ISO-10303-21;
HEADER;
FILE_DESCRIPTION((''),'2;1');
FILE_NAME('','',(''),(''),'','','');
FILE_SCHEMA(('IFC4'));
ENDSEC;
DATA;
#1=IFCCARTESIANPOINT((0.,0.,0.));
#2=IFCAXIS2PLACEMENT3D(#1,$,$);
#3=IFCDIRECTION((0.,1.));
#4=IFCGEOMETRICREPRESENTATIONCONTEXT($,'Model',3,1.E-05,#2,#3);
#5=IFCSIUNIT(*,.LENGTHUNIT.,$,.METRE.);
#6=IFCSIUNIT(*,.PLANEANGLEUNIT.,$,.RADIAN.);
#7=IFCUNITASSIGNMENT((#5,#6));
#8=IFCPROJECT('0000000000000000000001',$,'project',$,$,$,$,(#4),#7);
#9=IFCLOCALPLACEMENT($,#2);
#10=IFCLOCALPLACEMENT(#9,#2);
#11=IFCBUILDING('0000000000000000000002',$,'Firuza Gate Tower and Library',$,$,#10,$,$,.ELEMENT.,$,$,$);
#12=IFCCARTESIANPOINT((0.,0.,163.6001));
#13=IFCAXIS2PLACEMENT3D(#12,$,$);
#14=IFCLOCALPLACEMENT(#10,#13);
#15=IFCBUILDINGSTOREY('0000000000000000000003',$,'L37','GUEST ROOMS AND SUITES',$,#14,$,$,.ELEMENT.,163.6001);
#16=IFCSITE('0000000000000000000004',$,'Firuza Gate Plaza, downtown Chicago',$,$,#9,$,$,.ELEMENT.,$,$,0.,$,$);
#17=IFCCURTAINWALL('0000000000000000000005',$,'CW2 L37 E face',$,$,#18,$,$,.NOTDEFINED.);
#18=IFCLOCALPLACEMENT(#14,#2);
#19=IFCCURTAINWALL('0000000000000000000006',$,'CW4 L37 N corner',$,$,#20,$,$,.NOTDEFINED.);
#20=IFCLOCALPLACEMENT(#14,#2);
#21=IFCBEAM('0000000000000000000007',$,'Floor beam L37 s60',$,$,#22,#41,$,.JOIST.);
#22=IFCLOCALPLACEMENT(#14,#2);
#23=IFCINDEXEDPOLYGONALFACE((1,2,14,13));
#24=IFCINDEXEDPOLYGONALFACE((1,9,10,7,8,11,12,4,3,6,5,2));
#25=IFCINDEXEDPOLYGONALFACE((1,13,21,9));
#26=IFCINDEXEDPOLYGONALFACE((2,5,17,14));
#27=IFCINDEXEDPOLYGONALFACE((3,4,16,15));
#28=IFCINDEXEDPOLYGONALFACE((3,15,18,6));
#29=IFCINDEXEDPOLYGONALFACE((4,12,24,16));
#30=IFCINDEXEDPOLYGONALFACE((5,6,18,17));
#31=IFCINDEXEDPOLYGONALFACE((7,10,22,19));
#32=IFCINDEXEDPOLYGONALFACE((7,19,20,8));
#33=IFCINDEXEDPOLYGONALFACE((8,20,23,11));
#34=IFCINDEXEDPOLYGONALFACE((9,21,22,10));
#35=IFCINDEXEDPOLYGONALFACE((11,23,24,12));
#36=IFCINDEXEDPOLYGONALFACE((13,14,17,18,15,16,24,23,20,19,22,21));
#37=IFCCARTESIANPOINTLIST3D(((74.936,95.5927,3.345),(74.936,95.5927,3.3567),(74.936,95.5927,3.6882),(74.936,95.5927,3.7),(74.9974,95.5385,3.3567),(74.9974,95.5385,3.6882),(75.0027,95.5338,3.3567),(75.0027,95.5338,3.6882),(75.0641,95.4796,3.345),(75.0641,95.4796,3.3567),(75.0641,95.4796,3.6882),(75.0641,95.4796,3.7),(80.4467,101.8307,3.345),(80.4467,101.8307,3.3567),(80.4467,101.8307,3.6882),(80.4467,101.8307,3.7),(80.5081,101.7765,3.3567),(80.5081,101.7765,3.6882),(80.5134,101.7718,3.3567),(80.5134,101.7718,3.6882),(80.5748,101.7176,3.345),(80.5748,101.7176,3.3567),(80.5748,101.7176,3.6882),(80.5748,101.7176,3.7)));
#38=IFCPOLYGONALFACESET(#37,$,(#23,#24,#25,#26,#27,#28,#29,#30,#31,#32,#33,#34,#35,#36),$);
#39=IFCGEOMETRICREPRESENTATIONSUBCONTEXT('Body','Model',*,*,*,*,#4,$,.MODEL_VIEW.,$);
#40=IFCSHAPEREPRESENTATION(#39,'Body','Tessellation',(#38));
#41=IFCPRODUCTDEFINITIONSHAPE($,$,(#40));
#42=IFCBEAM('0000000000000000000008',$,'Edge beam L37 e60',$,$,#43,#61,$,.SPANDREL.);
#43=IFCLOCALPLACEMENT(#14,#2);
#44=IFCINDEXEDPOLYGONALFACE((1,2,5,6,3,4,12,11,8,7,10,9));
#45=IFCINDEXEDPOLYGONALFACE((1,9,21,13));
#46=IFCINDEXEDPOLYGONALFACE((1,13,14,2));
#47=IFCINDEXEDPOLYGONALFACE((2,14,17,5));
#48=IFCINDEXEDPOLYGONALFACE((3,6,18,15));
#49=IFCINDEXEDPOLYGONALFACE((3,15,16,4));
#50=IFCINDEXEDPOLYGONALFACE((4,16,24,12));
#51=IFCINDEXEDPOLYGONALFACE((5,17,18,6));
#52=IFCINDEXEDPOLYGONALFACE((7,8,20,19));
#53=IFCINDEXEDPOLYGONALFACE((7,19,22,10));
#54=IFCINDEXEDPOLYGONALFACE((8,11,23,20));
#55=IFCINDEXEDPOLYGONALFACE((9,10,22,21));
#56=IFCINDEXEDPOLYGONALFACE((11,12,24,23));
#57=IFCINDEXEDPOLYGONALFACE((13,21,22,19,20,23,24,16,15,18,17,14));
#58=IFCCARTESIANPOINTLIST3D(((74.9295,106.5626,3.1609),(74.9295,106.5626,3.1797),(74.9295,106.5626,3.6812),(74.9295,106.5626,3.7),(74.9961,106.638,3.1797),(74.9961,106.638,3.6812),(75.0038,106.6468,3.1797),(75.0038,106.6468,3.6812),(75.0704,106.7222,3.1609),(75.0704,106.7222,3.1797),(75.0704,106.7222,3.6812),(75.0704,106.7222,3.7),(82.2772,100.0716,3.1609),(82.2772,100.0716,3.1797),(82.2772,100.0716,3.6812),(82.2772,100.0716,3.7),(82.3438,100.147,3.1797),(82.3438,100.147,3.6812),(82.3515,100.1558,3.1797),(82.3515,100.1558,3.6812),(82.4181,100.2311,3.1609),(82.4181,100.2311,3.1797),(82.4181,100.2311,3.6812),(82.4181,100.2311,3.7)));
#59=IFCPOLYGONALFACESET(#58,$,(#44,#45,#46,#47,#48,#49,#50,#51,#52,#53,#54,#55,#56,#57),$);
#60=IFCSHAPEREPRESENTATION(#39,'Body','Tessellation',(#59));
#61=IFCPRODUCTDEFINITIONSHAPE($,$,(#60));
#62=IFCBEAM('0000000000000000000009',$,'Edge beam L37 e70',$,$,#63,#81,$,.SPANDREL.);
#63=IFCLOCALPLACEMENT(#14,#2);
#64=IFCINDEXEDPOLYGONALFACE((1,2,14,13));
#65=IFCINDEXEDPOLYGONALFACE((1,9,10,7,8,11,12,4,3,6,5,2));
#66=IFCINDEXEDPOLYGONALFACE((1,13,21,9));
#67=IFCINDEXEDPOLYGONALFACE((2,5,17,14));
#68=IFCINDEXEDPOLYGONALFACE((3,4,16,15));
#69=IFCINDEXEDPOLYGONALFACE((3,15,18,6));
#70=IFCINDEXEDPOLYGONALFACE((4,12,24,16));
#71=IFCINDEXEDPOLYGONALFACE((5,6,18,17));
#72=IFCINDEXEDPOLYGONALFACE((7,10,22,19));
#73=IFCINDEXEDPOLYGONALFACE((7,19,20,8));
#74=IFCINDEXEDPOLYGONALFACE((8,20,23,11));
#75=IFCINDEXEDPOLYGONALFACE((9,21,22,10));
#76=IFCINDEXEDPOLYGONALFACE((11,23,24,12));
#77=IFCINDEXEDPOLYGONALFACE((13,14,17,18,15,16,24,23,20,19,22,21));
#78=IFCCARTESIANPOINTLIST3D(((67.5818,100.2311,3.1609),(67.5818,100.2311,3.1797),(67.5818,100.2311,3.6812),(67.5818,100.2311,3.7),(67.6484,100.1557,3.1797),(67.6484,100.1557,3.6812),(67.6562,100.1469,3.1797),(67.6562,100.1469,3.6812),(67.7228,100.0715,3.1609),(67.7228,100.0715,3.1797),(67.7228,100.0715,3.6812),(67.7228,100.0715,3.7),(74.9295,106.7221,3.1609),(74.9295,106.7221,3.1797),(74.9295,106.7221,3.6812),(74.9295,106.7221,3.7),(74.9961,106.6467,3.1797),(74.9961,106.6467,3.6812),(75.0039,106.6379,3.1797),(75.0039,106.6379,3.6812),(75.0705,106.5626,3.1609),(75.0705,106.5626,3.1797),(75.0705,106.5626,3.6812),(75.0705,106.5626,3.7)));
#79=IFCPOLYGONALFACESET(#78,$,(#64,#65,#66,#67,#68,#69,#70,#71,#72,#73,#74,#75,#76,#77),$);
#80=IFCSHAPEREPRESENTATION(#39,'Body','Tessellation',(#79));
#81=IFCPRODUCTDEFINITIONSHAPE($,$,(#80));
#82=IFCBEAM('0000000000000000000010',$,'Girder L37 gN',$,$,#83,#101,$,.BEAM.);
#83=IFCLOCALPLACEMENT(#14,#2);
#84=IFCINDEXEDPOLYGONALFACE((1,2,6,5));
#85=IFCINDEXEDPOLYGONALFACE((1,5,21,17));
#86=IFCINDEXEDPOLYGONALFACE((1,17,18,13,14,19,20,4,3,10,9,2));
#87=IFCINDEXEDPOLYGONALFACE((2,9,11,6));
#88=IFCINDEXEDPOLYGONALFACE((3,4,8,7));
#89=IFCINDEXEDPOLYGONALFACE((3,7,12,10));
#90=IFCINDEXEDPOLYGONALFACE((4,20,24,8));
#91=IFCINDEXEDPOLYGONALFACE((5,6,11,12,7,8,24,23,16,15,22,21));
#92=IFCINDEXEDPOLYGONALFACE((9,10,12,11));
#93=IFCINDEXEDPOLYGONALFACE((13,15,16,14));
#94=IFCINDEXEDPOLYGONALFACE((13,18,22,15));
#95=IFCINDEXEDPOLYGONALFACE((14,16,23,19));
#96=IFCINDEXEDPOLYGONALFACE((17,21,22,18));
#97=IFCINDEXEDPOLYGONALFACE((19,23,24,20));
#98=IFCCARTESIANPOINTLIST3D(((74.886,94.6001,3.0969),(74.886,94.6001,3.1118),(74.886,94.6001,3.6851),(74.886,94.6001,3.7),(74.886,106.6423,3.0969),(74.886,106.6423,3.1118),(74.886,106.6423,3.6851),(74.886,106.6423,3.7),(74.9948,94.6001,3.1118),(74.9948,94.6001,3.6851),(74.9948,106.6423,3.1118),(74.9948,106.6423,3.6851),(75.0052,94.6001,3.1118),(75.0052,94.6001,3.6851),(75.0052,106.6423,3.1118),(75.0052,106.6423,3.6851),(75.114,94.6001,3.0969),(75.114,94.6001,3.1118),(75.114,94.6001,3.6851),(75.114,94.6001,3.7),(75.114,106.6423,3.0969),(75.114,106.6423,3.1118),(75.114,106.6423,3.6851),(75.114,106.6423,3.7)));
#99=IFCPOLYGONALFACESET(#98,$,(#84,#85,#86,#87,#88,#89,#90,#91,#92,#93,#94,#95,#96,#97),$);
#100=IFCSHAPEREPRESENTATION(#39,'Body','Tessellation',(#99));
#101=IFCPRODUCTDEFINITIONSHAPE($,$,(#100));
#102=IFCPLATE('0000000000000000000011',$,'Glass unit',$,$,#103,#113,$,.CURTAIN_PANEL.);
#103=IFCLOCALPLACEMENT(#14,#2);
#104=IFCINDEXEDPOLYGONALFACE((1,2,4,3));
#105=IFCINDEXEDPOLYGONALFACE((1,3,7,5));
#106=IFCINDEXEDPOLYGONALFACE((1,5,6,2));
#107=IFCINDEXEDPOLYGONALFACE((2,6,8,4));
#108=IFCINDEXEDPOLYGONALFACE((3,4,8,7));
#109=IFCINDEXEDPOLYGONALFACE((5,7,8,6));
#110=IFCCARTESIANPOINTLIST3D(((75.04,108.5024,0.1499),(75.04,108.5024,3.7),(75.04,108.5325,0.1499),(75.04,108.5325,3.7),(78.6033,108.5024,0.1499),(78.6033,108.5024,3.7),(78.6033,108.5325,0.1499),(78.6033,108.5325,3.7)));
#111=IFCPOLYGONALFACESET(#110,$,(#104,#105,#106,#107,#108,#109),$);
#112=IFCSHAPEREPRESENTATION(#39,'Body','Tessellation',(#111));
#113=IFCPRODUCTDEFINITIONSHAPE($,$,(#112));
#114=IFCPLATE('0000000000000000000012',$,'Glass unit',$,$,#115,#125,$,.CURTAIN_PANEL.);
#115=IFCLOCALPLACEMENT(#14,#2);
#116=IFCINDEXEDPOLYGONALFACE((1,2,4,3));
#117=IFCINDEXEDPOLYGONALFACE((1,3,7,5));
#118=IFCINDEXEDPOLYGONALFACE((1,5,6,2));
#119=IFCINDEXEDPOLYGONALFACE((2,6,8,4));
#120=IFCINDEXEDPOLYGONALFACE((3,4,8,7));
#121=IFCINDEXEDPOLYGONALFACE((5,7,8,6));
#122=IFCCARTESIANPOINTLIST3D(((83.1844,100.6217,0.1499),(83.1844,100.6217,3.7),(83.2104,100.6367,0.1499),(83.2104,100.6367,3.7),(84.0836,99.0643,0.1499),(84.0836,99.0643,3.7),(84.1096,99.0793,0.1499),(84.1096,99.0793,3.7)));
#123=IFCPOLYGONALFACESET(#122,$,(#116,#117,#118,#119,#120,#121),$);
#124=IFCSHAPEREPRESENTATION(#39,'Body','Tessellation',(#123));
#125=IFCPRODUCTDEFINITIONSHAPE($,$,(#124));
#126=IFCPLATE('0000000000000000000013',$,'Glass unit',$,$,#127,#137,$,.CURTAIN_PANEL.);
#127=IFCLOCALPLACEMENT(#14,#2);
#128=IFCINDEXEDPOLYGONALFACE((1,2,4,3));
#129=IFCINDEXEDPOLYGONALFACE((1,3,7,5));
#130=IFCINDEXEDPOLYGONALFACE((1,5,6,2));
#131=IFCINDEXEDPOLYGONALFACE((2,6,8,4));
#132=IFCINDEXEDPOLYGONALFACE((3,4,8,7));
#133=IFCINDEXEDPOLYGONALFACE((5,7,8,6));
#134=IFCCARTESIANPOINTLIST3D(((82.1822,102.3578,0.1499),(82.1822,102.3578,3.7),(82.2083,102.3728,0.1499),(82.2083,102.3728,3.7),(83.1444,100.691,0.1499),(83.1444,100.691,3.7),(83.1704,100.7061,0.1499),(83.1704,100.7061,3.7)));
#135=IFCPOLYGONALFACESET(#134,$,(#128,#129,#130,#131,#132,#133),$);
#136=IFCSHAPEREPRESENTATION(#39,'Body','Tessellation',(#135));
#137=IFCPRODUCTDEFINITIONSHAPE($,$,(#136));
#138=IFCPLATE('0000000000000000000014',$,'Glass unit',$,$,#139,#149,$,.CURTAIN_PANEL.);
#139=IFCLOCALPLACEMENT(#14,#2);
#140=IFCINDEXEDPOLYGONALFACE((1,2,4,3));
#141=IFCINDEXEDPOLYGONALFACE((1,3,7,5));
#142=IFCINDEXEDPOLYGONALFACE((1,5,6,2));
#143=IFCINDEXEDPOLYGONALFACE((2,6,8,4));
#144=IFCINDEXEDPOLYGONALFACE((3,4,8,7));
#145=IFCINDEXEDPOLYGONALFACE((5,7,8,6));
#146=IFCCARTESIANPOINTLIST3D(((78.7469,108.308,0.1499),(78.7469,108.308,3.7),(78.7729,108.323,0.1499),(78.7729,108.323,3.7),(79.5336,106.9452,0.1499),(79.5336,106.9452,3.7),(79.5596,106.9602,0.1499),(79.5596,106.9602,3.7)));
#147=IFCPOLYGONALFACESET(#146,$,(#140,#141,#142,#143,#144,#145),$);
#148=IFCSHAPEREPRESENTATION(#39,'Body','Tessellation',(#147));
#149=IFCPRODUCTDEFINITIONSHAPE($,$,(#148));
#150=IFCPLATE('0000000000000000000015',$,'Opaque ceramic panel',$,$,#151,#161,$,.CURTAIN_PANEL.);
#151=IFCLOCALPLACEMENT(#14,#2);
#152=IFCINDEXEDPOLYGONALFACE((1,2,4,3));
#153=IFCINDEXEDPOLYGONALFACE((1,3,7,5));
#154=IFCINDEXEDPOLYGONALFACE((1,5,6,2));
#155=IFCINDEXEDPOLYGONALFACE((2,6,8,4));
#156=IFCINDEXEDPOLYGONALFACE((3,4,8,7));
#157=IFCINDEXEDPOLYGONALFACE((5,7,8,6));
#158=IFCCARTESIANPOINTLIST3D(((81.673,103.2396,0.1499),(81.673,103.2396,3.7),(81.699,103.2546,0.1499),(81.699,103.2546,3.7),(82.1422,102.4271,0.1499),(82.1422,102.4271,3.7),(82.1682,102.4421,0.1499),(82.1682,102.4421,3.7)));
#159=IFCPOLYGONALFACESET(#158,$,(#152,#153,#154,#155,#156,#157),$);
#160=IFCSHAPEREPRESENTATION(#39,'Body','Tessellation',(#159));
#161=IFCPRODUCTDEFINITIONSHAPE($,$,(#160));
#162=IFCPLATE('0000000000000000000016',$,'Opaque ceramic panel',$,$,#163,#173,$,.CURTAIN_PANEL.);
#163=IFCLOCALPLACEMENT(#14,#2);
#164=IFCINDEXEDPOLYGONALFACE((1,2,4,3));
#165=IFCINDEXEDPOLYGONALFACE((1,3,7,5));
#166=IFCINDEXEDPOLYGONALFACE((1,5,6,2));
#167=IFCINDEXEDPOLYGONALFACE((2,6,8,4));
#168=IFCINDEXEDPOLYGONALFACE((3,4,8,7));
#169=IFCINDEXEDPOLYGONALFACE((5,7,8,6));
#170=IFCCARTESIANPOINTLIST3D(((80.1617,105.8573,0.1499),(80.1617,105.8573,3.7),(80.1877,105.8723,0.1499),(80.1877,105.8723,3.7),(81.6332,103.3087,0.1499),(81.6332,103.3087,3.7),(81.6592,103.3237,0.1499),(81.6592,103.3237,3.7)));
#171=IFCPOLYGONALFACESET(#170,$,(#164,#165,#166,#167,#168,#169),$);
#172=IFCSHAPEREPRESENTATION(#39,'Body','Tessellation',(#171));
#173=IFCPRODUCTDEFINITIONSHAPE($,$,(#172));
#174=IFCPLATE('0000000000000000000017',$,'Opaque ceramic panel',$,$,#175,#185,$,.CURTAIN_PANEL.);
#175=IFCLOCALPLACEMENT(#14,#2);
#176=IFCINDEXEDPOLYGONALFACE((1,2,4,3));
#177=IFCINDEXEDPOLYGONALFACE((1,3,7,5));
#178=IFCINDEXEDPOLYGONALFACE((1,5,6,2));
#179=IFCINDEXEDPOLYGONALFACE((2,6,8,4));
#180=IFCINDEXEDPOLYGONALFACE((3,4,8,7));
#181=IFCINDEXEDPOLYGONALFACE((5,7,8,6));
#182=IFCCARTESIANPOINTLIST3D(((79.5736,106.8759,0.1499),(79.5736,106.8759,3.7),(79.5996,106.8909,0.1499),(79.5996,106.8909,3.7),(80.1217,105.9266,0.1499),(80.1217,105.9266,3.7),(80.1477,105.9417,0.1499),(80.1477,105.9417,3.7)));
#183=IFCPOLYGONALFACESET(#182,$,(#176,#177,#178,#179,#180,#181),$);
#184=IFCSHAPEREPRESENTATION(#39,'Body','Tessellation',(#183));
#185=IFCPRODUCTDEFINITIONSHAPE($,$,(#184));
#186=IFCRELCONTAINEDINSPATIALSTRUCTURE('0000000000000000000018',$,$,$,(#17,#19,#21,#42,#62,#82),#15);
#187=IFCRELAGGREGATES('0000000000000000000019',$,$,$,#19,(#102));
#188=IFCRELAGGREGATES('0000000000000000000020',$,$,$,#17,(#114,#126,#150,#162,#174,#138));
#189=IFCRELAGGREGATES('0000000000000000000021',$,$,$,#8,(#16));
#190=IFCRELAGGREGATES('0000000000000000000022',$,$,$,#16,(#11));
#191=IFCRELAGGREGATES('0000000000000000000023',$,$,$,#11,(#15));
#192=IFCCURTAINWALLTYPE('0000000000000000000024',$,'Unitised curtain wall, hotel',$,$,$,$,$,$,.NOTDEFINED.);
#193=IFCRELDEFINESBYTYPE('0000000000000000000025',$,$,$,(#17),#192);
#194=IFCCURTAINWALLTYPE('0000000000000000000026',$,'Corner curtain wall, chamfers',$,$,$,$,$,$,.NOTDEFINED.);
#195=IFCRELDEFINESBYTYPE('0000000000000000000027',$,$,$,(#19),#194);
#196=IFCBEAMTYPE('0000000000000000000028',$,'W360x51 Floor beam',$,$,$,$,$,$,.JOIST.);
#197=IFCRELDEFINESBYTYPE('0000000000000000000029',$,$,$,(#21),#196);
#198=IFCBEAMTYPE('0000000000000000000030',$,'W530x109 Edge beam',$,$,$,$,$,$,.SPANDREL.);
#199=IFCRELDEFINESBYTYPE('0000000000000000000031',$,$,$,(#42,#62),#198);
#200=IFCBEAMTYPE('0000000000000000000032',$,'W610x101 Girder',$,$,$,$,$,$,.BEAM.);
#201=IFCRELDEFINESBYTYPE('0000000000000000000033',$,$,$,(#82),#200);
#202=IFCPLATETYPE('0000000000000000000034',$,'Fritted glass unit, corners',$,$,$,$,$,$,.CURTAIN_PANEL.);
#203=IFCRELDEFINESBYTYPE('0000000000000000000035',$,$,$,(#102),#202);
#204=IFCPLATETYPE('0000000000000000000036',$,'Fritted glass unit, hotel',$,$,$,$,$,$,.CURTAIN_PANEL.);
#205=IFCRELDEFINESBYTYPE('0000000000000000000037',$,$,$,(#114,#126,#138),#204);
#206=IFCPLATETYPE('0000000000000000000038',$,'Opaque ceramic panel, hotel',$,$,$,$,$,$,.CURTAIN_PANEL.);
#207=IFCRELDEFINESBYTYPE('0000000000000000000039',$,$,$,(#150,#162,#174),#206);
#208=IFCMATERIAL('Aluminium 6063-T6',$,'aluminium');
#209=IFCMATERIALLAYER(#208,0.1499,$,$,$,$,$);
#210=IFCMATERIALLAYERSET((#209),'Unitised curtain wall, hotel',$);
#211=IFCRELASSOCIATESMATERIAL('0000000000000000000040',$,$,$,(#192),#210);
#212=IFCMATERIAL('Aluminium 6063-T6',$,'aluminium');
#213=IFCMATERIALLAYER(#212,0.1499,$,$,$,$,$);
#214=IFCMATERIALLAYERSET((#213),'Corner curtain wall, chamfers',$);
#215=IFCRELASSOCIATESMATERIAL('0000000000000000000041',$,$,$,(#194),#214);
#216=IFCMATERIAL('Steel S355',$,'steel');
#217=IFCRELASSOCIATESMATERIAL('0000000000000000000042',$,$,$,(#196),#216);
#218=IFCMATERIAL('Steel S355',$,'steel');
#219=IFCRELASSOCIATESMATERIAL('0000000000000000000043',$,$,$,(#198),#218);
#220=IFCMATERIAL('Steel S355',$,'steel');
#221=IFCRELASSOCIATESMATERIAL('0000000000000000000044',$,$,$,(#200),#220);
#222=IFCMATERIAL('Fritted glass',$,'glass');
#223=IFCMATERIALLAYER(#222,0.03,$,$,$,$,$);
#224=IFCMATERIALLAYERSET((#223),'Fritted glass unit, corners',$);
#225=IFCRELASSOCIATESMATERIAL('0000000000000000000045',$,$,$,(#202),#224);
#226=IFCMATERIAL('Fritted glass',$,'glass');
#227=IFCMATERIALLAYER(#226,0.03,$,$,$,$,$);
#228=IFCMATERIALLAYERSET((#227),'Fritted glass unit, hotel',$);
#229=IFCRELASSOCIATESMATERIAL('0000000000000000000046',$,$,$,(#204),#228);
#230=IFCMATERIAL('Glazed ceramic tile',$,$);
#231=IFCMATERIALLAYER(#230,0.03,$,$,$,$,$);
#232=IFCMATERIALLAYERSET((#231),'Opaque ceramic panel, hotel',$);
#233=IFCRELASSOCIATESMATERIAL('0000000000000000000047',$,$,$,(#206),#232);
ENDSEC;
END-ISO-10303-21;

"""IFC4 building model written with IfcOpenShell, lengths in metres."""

from ifc_helpers import new_model, si_unit, direction, frame, origin, origin_2d, place, context, subcontext, project, spatial, polyline, i_section, outline, extrude, material, layer, layer_set, material_profile, profile_set, type_object, element, aggregate, save


model = new_model("IFC4")

# Units and contexts
model_context = context("Model", 3, precision=1e-05, world=origin(), true_north=direction((0.0, 1.0)))
body_context = subcontext(model_context, "Body", "Model", "MODEL_VIEW")
ifc_project = project(units=[si_unit("LENGTHUNIT", "METRE"), si_unit("PLANEANGLEUNIT", "RADIAN")], contexts=[model_context])

# Site, building, storey
site_placement = place(None, origin())
site = spatial("IfcSite", under=ifc_project, at=site_placement, Name="Firuza Gate Plaza, downtown Chicago", CompositionType="ELEMENT", RefElevation=0.0)
building_placement = place(site_placement, origin())
building = spatial("IfcBuilding", under=site, at=building_placement, Name="Firuza Gate Tower and Library", CompositionType="ELEMENT")
storey_placement = place(building_placement, frame((0.0, 0.0, 163.6001)))
storey = spatial("IfcBuildingStorey", under=building, at=storey_placement, Name="L37", Description="GUEST ROOMS AND SUITES", CompositionType="ELEMENT", Elevation=163.6001)

# Curtain walls
ifc_material_1 = material(Name="Aluminium 6063-T6", Category="aluminium")
ifc_layer_1 = layer(ifc_material_1, 0.1499)
ifc_layer_set_1 = layer_set([ifc_layer_1], Name="Unitised curtain wall, hotel")
curtain_wall_type_1 = type_object("IfcCurtainWallType", Name="Unitised curtain wall, hotel", PredefinedType="NOTDEFINED", material=ifc_layer_set_1)
placement = place(storey_placement, origin())
curtain_wall_1 = element("IfcCurtainWall", 1, at=placement, inside=storey, type_object=curtain_wall_type_1, Name="CW2 L37 E face", PredefinedType="NOTDEFINED")
ifc_material_2 = material(Name="Aluminium 6063-T6", Category="aluminium")
ifc_layer_2 = layer(ifc_material_2, 0.1499)
ifc_layer_set_2 = layer_set([ifc_layer_2], Name="Corner curtain wall, chamfers")
curtain_wall_type_2 = type_object("IfcCurtainWallType", Name="Corner curtain wall, chamfers", PredefinedType="NOTDEFINED", material=ifc_layer_set_2)
curtain_wall_2 = element("IfcCurtainWall", 2, at=placement, inside=storey, type_object=curtain_wall_type_2, Name="CW4 L37 N corner", PredefinedType="NOTDEFINED")

# Beams
ifc_material_3 = material(Name="Steel S355", Category="steel")
ifc_material_profile_1 = material_profile(ifc_material_3, i_section(OverallWidth=0.1709, OverallDepth=0.355, WebThickness=0.0071, FlangeThickness=0.0117, at=origin_2d()))
ifc_profile_set_1 = profile_set([ifc_material_profile_1], Name="Steel S355")
beam_type_1 = type_object("IfcBeamType", Name="W360x51 Floor beam", PredefinedType="JOIST", material=ifc_profile_set_1)
beam_1_placement = place(storey_placement, frame((80.5107, 101.7742, 3.5225), z_axis=(-0.662067, -0.749445, 0.0), x_axis=(0.749445, -0.662067, 0.0)))
element("IfcBeam", 3, at=beam_1_placement, inside=storey, type_object=beam_type_1, Name="Floor beam L37 s60", PredefinedType="JOIST", context=body_context, shape_type="SweptSolid", body=[
    extrude(i_section(OverallWidth=0.1709, OverallDepth=0.355, WebThickness=0.0071, FlangeThickness=0.0117, at=origin_2d()), origin(), (0.0, 0.0, 1.0), 8.3235),
])
ifc_material_4 = material(Name="Steel S355", Category="steel")
ifc_material_profile_2 = material_profile(ifc_material_4, i_section(OverallWidth=0.2129, OverallDepth=0.5391, WebThickness=0.0117, FlangeThickness=0.0188, at=origin_2d()))
ifc_profile_set_2 = profile_set([ifc_material_profile_2], Name="Steel S355")
beam_type_2 = type_object("IfcBeamType", Name="W530x109 Edge beam", PredefinedType="SPANDREL", material=ifc_profile_set_2)
for number, where, z_axis, x_axis, name in (
    (4, (82.3477, 100.1514, 3.4304), (-0.749446, 0.662065, 0.0), (-0.662065, -0.749446, 0.0), "Edge beam L37 e60"),
    (5, (75.0, 106.6423, 3.4304), (-0.749446, -0.662065, 0.0), (0.662065, -0.749446, 0.0), "Edge beam L37 e70"),
):
    element("IfcBeam", number, at=place(storey_placement, frame(where, z_axis=z_axis, x_axis=x_axis)), inside=storey, type_object=beam_type_2, Name=name, PredefinedType="SPANDREL", context=body_context, shape_type="SweptSolid", body=[
        extrude(i_section(OverallWidth=0.2129, OverallDepth=0.5391, WebThickness=0.0117, FlangeThickness=0.0188, at=origin_2d()), origin(), (0.0, 0.0, 1.0), 9.8042),
    ])
ifc_material_5 = material(Name="Steel S355", Category="steel")
ifc_material_profile_3 = material_profile(ifc_material_5, i_section(OverallWidth=0.228, OverallDepth=0.603, WebThickness=0.0105, FlangeThickness=0.0149, at=origin_2d()))
ifc_profile_set_3 = profile_set([ifc_material_profile_3], Name="Steel S355")
beam_type_3 = type_object("IfcBeamType", Name="W610x101 Girder", PredefinedType="BEAM", material=ifc_profile_set_3)
beam_2_placement = place(storey_placement, frame((75.0, 106.6423, 3.3984), z_axis=(0.0, -1.0, 0.0), x_axis=(1.0, 0.0, 0.0)))
element("IfcBeam", 6, at=beam_2_placement, inside=storey, type_object=beam_type_3, Name="Girder L37 gN", PredefinedType="BEAM", context=body_context, shape_type="SweptSolid", body=[
    extrude(i_section(OverallWidth=0.228, OverallDepth=0.603, WebThickness=0.0105, FlangeThickness=0.0149, at=origin_2d()), origin(), (0.0, 0.0, 1.0), 12.0422),
])

# Plates
ifc_material_6 = material(Name="Fritted glass", Category="glass")
ifc_layer_3 = layer(ifc_material_6, 0.03)
ifc_layer_set_3 = layer_set([ifc_layer_3], Name="Fritted glass unit, corners")
plate_type_1 = type_object("IfcPlateType", Name="Fritted glass unit, corners", PredefinedType="CURTAIN_PANEL", material=ifc_layer_set_3)
plate_1_placement = place(storey_placement, frame((78.6033, 108.5325, 0.1499), z_axis=(0.0, 1.0, 0.0), x_axis=(-1.0, 0.0, 0.0)))
plate_1 = element("IfcPlate", 7, at=plate_1_placement, type_object=plate_type_1, Name="Glass unit", PredefinedType="CURTAIN_PANEL", context=body_context, shape_type="SweptSolid", body=[
    extrude(outline(polyline([(0.0, 0.0), (3.5632, 0.0), (3.5632, 3.55), (0.0, 3.55), (0.0, 0.0)])), origin(), (0.0, 0.0, -1.0), 0.03),
])
aggregate(curtain_wall_2, [plate_1])
ifc_material_7 = material(Name="Fritted glass", Category="glass")
ifc_layer_4 = layer(ifc_material_7, 0.03)
ifc_layer_set_4 = layer_set([ifc_layer_4], Name="Fritted glass unit, hotel")
plate_type_2 = type_object("IfcPlateType", Name="Fritted glass unit, hotel", PredefinedType="CURTAIN_PANEL", material=ifc_layer_set_4)
plate_2_placement = place(storey_placement, frame((84.1096, 99.0793, 0.1499), z_axis=(0.866021, 0.500008, 0.0), x_axis=(-0.500008, 0.866021, 0.0)))
plate_2 = element("IfcPlate", 8, at=plate_2_placement, type_object=plate_type_2, Name="Glass unit", PredefinedType="CURTAIN_PANEL", context=body_context, shape_type="SweptSolid", body=[
    extrude(outline(polyline([(0.0, 0.0), (1.7983, 0.0), (1.7983, 3.55), (0.0, 3.55), (0.0, 0.0)])), origin(), (0.0, 0.0, -1.0), 0.03),
])
plate_3_placement = place(storey_placement, frame((83.1704, 100.7061, 0.1499), z_axis=(0.866057, 0.499946, 0.0), x_axis=(-0.499946, 0.866057, 0.0)))
plate_3 = element("IfcPlate", 9, at=plate_3_placement, type_object=plate_type_2, Name="Glass unit", PredefinedType="CURTAIN_PANEL", context=body_context, shape_type="SweptSolid", body=[
    extrude(outline(polyline([(0.0, 0.0), (1.9245, 0.0), (1.9245, 3.55), (0.0, 3.55), (0.0, 0.0)])), origin(), (0.0, 0.0, -1.0), 0.03),
])
plate_4_placement = place(storey_placement, frame((79.5596, 106.9602, 0.1499), z_axis=(0.866077, 0.49991, 0.0), x_axis=(-0.49991, 0.866077, 0.0)))
plate_4 = element("IfcPlate", 10, at=plate_4_placement, type_object=plate_type_2, Name="Glass unit", PredefinedType="CURTAIN_PANEL", context=body_context, shape_type="SweptSolid", body=[
    extrude(outline(polyline([(0.0, 0.0), (1.5735, 0.0), (1.5735, 3.55), (0.0, 3.55), (0.0, 0.0)])), origin(), (0.0, 0.0, -1.0), 0.03),
])
ifc_material_8 = material(Name="Glazed ceramic tile")
ifc_layer_5 = layer(ifc_material_8, 0.03)
ifc_layer_set_5 = layer_set([ifc_layer_5], Name="Opaque ceramic panel, hotel")
plate_type_3 = type_object("IfcPlateType", Name="Opaque ceramic panel, hotel", PredefinedType="CURTAIN_PANEL", material=ifc_layer_set_5)
plate_5_placement = place(storey_placement, frame((82.1682, 102.4421, 0.1499), z_axis=(0.86596, 0.500113, 0.0), x_axis=(-0.500113, 0.86596, 0.0)))
plate_5 = element("IfcPlate", 11, at=plate_5_placement, type_object=plate_type_3, Name="Opaque ceramic panel", PredefinedType="CURTAIN_PANEL", context=body_context, shape_type="SweptSolid", body=[
    extrude(outline(polyline([(0.0, 0.0), (0.9383, 0.0), (0.9383, 3.55), (0.0, 3.55), (0.0, 0.0)])), origin(), (0.0, 0.0, -1.0), 0.03),
])
plate_6_placement = place(storey_placement, frame((81.6592, 103.3237, 0.1499), z_axis=(0.866024, 0.500003, 0.0), x_axis=(-0.500003, 0.866024, 0.0)))
plate_6 = element("IfcPlate", 12, at=plate_6_placement, type_object=plate_type_3, Name="Opaque ceramic panel", PredefinedType="CURTAIN_PANEL", context=body_context, shape_type="SweptSolid", body=[
    extrude(outline(polyline([(0.0, 0.0), (2.9429, 0.0), (2.9429, 3.55), (0.0, 3.55), (0.0, 0.0)])), origin(), (0.0, 0.0, -1.0), 0.03),
])
plate_7_placement = place(storey_placement, frame((80.1477, 105.9417, 0.1499), z_axis=(0.866, 0.500044, 0.0), x_axis=(-0.500044, 0.866, 0.0)))
plate_7 = element("IfcPlate", 13, at=plate_7_placement, type_object=plate_type_3, Name="Opaque ceramic panel", PredefinedType="CURTAIN_PANEL", context=body_context, shape_type="SweptSolid", body=[
    extrude(outline(polyline([(0.0, 0.0), (1.0961, 0.0), (1.0961, 3.55), (0.0, 3.55), (0.0, 0.0)])), origin(), (0.0, 0.0, -1.0), 0.03),
])
aggregate(curtain_wall_1, [plate_2, plate_3, plate_5, plate_6, plate_7, plate_4])

save(model, "model.ifc")
